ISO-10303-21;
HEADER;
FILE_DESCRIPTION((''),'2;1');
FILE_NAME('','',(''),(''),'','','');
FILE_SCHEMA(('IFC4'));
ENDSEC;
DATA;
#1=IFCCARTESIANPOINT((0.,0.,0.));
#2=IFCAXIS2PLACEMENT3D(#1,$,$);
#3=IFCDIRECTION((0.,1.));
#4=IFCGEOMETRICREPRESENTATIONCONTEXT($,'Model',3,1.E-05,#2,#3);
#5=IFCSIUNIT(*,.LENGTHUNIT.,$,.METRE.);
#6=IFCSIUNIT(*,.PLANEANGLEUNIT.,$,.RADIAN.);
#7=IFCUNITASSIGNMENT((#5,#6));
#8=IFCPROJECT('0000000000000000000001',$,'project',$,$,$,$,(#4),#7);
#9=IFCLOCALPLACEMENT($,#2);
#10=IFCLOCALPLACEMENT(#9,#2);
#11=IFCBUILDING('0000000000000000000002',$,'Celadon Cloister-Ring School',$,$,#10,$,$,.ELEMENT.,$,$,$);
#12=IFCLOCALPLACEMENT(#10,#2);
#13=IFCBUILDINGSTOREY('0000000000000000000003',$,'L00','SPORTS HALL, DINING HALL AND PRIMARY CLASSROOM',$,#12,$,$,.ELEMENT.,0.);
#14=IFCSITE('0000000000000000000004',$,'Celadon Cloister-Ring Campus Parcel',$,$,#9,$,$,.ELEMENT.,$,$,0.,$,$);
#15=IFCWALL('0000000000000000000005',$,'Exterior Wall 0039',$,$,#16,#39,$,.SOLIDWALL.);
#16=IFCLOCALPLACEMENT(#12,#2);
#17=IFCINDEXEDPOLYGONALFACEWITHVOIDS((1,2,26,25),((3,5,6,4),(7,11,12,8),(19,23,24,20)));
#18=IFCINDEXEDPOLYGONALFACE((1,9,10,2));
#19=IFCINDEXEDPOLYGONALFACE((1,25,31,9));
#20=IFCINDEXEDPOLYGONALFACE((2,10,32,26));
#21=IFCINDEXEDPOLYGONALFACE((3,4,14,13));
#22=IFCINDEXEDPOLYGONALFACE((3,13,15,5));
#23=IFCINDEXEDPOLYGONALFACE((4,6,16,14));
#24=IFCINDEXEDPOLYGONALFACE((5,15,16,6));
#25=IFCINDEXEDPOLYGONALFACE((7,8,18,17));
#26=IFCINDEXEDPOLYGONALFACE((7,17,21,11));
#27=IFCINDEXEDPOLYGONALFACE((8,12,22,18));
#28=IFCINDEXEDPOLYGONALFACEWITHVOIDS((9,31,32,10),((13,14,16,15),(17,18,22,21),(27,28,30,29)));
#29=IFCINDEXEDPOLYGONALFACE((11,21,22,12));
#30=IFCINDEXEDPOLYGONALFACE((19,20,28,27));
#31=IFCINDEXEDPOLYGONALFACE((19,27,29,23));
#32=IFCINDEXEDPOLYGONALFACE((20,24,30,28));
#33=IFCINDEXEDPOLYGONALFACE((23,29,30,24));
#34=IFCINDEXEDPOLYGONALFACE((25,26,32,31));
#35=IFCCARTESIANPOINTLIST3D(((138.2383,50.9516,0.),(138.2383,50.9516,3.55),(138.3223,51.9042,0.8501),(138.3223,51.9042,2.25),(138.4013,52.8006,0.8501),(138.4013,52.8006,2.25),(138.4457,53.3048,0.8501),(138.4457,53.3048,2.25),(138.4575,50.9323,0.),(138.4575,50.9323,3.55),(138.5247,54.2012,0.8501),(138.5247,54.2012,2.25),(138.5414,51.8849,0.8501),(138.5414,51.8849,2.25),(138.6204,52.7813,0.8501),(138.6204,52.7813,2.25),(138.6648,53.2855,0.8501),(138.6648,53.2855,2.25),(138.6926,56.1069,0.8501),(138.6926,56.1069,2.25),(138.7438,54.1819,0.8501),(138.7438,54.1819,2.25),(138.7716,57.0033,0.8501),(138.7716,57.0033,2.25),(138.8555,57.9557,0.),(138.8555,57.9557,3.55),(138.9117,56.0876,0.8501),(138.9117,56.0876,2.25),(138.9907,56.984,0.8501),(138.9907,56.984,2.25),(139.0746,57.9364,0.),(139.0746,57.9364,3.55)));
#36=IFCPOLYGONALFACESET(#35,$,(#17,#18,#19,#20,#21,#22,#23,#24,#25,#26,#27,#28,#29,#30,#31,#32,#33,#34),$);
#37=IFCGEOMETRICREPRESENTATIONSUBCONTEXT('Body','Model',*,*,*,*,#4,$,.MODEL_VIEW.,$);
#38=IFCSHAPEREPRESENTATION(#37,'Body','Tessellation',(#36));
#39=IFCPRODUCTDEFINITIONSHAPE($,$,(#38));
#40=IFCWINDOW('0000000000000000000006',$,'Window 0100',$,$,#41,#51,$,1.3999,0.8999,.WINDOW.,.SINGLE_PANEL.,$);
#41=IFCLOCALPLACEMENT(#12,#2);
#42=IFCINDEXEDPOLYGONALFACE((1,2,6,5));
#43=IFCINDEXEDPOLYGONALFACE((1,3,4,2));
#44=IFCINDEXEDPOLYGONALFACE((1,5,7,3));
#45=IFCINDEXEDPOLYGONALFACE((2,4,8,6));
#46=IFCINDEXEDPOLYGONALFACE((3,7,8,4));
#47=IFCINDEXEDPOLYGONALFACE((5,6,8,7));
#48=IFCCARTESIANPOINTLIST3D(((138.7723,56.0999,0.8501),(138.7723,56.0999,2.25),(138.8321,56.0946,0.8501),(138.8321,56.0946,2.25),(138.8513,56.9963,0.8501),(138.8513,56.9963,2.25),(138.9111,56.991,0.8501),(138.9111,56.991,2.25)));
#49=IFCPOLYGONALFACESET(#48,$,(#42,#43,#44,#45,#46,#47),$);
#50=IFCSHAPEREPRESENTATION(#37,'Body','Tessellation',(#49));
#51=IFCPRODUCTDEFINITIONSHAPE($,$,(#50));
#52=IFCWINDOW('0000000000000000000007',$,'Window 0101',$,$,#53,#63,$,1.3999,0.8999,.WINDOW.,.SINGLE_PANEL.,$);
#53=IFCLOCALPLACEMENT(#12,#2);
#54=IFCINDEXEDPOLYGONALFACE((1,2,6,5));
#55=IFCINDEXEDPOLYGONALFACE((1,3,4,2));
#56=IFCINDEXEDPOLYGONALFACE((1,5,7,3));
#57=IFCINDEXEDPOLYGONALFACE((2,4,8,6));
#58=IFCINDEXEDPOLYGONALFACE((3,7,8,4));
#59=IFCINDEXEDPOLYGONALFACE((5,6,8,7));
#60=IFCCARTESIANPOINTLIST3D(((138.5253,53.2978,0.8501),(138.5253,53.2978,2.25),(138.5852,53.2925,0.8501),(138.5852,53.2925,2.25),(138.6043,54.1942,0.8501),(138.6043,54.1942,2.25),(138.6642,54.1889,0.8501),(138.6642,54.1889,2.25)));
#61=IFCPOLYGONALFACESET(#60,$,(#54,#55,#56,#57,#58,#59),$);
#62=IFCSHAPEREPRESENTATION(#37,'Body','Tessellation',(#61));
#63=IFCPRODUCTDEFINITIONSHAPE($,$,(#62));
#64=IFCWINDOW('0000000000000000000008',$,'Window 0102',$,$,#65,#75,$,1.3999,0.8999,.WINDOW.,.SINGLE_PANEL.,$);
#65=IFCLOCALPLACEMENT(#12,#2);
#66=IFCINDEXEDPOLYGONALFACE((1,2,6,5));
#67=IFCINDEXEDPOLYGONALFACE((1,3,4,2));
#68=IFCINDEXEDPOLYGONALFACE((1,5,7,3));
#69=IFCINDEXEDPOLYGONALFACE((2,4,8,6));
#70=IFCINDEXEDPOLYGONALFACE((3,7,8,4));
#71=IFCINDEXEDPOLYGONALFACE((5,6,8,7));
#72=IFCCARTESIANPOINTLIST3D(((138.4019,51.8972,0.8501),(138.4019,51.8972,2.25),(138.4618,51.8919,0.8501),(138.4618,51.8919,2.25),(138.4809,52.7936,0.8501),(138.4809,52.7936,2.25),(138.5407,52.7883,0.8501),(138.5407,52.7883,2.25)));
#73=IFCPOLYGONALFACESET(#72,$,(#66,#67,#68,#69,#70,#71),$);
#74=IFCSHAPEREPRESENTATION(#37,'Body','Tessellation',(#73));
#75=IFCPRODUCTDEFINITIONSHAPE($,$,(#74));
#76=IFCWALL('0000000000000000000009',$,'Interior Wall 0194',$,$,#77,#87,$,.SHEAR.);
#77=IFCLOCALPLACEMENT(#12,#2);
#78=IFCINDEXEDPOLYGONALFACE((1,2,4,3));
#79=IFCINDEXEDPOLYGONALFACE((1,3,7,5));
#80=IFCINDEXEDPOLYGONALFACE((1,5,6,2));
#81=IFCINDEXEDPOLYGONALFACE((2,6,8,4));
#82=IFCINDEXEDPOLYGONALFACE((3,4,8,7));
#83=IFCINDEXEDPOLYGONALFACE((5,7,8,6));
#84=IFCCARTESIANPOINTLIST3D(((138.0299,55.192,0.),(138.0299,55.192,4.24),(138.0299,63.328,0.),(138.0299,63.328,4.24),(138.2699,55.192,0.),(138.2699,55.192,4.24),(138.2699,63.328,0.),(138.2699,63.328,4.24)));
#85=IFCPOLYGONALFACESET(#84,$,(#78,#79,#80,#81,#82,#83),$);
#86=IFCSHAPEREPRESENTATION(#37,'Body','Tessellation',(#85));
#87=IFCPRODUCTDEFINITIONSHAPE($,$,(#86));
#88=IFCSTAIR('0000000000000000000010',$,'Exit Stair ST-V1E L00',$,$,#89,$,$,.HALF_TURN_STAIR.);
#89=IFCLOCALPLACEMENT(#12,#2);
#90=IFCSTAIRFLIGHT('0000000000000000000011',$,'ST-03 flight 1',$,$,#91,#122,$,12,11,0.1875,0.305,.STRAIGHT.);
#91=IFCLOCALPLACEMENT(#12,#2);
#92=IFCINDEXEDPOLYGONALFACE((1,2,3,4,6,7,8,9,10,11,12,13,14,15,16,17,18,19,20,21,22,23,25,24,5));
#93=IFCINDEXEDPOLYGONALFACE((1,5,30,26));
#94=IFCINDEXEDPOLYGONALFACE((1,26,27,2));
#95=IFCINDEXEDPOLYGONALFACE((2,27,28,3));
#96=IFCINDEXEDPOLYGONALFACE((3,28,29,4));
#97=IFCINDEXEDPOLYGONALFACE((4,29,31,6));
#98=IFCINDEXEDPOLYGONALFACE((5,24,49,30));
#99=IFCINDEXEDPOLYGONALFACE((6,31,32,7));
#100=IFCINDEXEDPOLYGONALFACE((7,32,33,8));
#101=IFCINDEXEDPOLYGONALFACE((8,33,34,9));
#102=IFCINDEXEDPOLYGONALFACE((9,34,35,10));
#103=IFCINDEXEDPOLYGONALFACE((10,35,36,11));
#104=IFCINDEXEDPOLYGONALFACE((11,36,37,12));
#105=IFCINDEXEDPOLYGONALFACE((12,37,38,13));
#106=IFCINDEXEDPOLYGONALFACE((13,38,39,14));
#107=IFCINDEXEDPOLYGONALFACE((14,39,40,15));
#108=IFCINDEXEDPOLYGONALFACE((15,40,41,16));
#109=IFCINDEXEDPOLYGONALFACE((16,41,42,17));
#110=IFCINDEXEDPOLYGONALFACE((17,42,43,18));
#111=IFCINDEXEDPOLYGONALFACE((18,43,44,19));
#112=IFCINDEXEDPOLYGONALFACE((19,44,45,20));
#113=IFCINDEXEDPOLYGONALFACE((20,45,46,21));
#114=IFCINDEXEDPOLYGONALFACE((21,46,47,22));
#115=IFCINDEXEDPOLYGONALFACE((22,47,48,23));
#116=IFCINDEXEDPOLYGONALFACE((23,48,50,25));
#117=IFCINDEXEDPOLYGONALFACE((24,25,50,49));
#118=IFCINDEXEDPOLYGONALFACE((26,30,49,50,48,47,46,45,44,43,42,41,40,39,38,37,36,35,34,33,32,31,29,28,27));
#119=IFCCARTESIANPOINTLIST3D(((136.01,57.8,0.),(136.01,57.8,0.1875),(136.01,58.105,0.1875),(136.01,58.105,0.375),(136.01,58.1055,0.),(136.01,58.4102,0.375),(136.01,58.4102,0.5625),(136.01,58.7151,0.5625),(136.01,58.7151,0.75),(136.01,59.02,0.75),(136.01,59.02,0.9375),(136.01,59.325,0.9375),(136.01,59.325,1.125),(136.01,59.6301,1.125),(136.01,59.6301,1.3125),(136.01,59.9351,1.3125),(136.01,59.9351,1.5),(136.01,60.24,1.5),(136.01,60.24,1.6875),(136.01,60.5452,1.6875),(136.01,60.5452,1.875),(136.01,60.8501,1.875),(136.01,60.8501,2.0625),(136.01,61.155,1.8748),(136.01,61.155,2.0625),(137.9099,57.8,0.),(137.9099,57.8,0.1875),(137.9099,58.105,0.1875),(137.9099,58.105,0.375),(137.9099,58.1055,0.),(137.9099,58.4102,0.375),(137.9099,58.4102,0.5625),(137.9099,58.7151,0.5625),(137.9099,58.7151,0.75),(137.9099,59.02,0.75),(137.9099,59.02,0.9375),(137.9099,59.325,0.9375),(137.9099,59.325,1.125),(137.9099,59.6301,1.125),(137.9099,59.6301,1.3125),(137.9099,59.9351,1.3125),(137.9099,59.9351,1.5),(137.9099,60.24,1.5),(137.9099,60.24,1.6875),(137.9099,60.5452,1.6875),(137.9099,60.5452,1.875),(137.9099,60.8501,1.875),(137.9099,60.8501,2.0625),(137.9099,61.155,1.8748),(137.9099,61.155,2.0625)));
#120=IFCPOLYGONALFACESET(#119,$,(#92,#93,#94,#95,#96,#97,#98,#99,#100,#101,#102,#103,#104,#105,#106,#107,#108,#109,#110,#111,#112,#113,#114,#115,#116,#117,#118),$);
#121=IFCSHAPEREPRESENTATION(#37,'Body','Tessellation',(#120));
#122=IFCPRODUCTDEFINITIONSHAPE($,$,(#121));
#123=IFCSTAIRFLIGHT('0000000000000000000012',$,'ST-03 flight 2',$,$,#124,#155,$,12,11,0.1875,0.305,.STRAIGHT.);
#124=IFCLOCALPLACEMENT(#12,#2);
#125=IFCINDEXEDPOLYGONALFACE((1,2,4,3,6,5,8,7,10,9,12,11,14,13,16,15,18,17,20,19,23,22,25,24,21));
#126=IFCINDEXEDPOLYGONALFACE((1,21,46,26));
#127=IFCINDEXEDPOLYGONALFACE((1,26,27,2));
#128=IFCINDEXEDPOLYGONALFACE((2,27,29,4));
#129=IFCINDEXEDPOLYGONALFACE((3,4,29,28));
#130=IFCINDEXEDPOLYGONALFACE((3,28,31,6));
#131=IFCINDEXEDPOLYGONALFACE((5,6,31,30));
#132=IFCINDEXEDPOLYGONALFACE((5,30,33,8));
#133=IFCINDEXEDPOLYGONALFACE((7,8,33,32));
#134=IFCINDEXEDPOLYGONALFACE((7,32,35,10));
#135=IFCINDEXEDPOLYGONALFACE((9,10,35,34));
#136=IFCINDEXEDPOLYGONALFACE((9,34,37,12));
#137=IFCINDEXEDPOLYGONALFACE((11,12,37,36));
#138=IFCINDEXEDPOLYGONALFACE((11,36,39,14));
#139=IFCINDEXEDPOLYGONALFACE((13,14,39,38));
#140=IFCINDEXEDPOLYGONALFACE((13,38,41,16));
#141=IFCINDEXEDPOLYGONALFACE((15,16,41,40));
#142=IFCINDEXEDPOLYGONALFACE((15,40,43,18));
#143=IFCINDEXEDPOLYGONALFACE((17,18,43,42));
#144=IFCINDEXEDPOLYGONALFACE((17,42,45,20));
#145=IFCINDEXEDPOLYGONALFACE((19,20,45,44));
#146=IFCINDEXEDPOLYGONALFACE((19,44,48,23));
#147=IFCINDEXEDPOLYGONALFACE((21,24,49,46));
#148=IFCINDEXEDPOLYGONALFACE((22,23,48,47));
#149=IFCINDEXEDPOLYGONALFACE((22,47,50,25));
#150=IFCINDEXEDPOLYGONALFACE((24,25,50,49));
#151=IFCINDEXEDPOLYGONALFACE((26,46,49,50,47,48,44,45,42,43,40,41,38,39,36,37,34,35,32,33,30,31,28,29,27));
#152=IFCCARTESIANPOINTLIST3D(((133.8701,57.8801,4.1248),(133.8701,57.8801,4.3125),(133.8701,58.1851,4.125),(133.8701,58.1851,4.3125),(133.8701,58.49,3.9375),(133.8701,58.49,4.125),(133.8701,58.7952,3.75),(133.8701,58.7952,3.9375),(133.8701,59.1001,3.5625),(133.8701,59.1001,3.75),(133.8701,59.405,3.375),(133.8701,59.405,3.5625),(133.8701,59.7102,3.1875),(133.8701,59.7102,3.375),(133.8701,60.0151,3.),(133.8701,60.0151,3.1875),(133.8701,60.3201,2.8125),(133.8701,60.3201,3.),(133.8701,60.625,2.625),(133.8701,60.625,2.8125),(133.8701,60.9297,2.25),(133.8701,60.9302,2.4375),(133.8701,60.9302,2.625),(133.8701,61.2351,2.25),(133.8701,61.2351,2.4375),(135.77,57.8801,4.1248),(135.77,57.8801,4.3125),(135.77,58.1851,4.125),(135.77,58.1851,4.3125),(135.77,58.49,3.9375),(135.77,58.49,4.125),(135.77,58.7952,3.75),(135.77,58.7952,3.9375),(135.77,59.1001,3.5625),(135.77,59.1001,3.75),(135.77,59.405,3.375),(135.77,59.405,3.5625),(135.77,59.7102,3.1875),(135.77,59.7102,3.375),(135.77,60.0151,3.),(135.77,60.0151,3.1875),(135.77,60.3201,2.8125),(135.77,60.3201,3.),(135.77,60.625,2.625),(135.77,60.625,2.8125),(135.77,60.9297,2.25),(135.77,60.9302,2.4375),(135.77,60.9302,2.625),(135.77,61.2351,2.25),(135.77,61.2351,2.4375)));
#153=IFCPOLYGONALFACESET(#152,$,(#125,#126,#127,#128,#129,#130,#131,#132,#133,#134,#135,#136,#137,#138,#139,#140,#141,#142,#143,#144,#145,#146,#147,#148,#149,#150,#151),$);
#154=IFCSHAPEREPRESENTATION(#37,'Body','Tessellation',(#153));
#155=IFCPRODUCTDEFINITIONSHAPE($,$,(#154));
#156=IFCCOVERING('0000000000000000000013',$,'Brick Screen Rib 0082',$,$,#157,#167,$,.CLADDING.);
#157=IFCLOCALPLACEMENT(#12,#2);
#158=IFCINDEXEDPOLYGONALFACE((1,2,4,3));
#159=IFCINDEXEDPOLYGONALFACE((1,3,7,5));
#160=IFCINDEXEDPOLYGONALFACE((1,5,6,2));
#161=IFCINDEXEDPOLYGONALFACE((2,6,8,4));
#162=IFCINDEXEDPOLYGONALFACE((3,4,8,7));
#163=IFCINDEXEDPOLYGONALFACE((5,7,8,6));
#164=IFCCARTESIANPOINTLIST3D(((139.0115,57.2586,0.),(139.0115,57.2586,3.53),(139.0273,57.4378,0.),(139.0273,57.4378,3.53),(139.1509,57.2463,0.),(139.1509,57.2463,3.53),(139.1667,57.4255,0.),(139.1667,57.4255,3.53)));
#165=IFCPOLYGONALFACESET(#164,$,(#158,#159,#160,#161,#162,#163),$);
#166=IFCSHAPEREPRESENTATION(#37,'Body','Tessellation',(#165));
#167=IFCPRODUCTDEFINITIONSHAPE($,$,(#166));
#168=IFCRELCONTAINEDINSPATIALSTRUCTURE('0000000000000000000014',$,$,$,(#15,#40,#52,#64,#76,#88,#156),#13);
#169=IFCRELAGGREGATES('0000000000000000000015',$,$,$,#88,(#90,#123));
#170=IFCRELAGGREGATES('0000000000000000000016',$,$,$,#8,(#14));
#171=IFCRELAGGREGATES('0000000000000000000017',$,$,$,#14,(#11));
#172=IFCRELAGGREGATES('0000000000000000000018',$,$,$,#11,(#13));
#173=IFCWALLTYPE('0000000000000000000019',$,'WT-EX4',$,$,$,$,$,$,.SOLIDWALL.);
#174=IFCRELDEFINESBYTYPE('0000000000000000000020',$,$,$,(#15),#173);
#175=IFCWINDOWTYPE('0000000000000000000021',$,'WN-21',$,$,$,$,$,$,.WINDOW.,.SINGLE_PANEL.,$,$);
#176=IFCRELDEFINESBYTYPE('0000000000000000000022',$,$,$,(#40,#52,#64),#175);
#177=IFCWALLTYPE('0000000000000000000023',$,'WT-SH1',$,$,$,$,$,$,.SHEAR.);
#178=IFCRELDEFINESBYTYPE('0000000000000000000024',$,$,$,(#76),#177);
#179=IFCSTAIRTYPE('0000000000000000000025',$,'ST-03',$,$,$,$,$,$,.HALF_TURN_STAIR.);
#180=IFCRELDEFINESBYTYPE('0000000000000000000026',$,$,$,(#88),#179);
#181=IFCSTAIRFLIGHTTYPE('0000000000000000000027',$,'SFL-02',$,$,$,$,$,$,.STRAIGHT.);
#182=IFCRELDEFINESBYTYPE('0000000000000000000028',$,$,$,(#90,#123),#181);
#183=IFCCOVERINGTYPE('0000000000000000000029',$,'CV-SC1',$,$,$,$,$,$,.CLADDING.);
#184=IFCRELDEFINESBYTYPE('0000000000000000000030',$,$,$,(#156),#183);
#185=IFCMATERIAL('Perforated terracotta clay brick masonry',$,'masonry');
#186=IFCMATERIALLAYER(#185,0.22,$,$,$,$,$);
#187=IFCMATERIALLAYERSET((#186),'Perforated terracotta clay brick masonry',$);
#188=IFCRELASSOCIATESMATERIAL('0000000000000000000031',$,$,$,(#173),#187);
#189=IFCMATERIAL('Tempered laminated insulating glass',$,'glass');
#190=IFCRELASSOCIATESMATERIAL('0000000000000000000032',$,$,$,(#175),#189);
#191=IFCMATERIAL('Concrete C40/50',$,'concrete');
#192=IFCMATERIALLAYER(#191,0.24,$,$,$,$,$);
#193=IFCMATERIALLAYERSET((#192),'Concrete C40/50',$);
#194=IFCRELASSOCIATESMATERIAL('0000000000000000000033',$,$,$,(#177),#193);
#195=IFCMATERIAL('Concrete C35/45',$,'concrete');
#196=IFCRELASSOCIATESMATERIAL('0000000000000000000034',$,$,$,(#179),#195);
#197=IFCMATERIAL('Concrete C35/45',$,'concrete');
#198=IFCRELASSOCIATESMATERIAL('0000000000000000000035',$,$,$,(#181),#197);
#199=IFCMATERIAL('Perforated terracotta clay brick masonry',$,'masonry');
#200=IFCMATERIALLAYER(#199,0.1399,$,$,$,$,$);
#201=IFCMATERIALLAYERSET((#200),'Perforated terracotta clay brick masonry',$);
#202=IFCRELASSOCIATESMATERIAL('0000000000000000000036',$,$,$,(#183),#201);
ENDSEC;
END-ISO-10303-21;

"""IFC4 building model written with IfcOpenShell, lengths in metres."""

from ifc_helpers import new_model, si_unit, direction, frame, frame_2d, origin, origin_2d, place, context, subcontext, project, spatial, polyline, rectangle, outline, extrude, material, layer, layer_set, type_object, element, fill, aggregate, save


model = new_model("IFC4")

# Units and contexts
model_context = context("Model", 3, precision=1e-05, world=origin(), true_north=direction((0.0, 1.0)))
body_context = subcontext(model_context, "Body", "Model", "MODEL_VIEW")
ifc_project = project(units=[si_unit("LENGTHUNIT", "METRE"), si_unit("PLANEANGLEUNIT", "RADIAN")], contexts=[model_context])

# Site, building, storey
site_placement = place(None, origin())
site = spatial("IfcSite", under=ifc_project, at=site_placement, Name="Celadon Cloister-Ring Campus Parcel", CompositionType="ELEMENT", RefElevation=0.0)
building_placement = place(site_placement, origin())
building = spatial("IfcBuilding", under=site, at=building_placement, Name="Celadon Cloister-Ring School", CompositionType="ELEMENT")
storey_placement = place(building_placement, origin())
storey = spatial("IfcBuildingStorey", under=building, at=storey_placement, Name="L00", Description="SPORTS HALL, DINING HALL AND PRIMARY CLASSROOM", CompositionType="ELEMENT", Elevation=0.0)

# Wall, openings, windows
ifc_material_1 = material(Name="Perforated terracotta clay brick masonry", Category="masonry")
ifc_layer_1 = layer(ifc_material_1, 0.22)
ifc_layer_set_1 = layer_set([ifc_layer_1], Name="Perforated terracotta clay brick masonry")
wall_type_1 = type_object("IfcWallType", Name="WT-EX4", PredefinedType="SOLIDWALL", material=ifc_layer_set_1)
wall_1_placement = place(storey_placement, frame((138.9651, 57.946, 0.0), z_axis=(0.0, 0.0, 1.0), x_axis=(-0.087777, -0.99614, 0.0)))
wall_1 = element("IfcWall", 1, at=wall_1_placement, inside=storey, type_object=wall_type_1, Name="Exterior Wall 0039", PredefinedType="SOLIDWALL", context=body_context, shape_type="SweptSolid", body=[
    extrude(rectangle(XDim=7.0312, YDim=0.22, at=frame_2d((3.5156, 0.0))), origin(), (0.0, 0.0, 1.0), 3.55),
])
opening_1_placement = place(wall_1_placement, frame((0.9561, 0.0, 0.8501)))
opening_1 = element("IfcOpeningElement", 2, at=opening_1_placement, cuts=wall_1, PredefinedType="OPENING", context=body_context, shape_type="SweptSolid", body=[
    extrude(rectangle(XDim=0.8999, YDim=1.3999, at=frame_2d((0.45, 0.7))), frame((0.0, 0.1201, 0.0), z_axis=(0.0, -1.0, 0.0), x_axis=(1.0, 0.0, 0.0)), (0.0, 0.0, 1.0), 0.24),
])
opening_2_placement = place(wall_1_placement, frame((3.769, 0.0, 0.8501)))
opening_2 = element("IfcOpeningElement", 3, at=opening_2_placement, cuts=wall_1, PredefinedType="OPENING", context=body_context, shape_type="SweptSolid", body=[
    extrude(rectangle(XDim=0.8999, YDim=1.3999, at=frame_2d((0.45, 0.7))), frame((0.0, 0.1201, 0.0), z_axis=(0.0, -1.0, 0.0), x_axis=(1.0, 0.0, 0.0)), (0.0, 0.0, 1.0), 0.24),
])
opening_3_placement = place(wall_1_placement, frame((5.175, 0.0, 0.8501)))
opening_3 = element("IfcOpeningElement", 4, at=opening_3_placement, cuts=wall_1, PredefinedType="OPENING", context=body_context, shape_type="SweptSolid", body=[
    extrude(rectangle(XDim=0.8999, YDim=1.3999, at=frame_2d((0.45, 0.7))), frame((0.0, 0.1201, 0.0), z_axis=(0.0, -1.0, 0.0), x_axis=(1.0, 0.0, 0.0)), (0.0, 0.0, 1.0), 0.24),
])
ifc_material_2 = material(Name="Tempered laminated insulating glass", Category="glass")
window_type = type_object("IfcWindowType", Name="WN-21", PartitioningType="SINGLE_PANEL", PredefinedType="WINDOW", material=ifc_material_2)
window_1_placement = place(opening_1_placement, origin())
window_1 = element("IfcWindow", 5, at=window_1_placement, inside=storey, type_object=window_type, Name="Window 0100", OverallHeight=1.3999, OverallWidth=0.8999, PartitioningType="SINGLE_PANEL", PredefinedType="WINDOW", context=body_context, shape_type="SweptSolid", body=[
    extrude(rectangle(XDim=0.8999, YDim=1.3999, at=frame_2d((0.45, 0.7))), frame((0.0, 0.03, 0.0), z_axis=(0.0, -1.0, 0.0), x_axis=(1.0, 0.0, 0.0)), (0.0, 0.0, 1.0), 0.0601),
])
fill(opening_1, window_1)
window_2_placement = place(opening_2_placement, origin())
window_2 = element("IfcWindow", 6, at=window_2_placement, inside=storey, type_object=window_type, Name="Window 0101", OverallHeight=1.3999, OverallWidth=0.8999, PartitioningType="SINGLE_PANEL", PredefinedType="WINDOW", context=body_context, shape_type="SweptSolid", body=[
    extrude(rectangle(XDim=0.8999, YDim=1.3999, at=frame_2d((0.45, 0.7))), frame((0.0, 0.03, 0.0), z_axis=(0.0, -1.0, 0.0), x_axis=(1.0, 0.0, 0.0)), (0.0, 0.0, 1.0), 0.0601),
])
fill(opening_2, window_2)
window_3_placement = place(opening_3_placement, origin())
window_3 = element("IfcWindow", 7, at=window_3_placement, inside=storey, type_object=window_type, Name="Window 0102", OverallHeight=1.3999, OverallWidth=0.8999, PartitioningType="SINGLE_PANEL", PredefinedType="WINDOW", context=body_context, shape_type="SweptSolid", body=[
    extrude(rectangle(XDim=0.8999, YDim=1.3999, at=frame_2d((0.45, 0.7))), frame((0.0, 0.03, 0.0), z_axis=(0.0, -1.0, 0.0), x_axis=(1.0, 0.0, 0.0)), (0.0, 0.0, 1.0), 0.0601),
])
fill(opening_3, window_3)

# Wall
ifc_material_3 = material(Name="Concrete C40/50", Category="concrete")
ifc_layer_2 = layer(ifc_material_3, 0.24)
ifc_layer_set_2 = layer_set([ifc_layer_2], Name="Concrete C40/50")
wall_type_2 = type_object("IfcWallType", Name="WT-SH1", PredefinedType="SHEAR", material=ifc_layer_set_2)
wall_2_placement = place(storey_placement, frame((138.1499, 63.3279, 0.0), z_axis=(0.0, 0.0, 1.0), x_axis=(0.0, -1.0, 0.0)))
element("IfcWall", 8, at=wall_2_placement, inside=storey, type_object=wall_type_2, Name="Interior Wall 0194", PredefinedType="SHEAR", context=body_context, shape_type="SweptSolid", body=[
    extrude(rectangle(XDim=8.136, YDim=0.24, at=frame_2d((4.0679, 0.0))), origin(), (0.0, 0.0, 1.0), 4.24),
])

# Stair, stair flights
ifc_material_4 = material(Name="Concrete C35/45", Category="concrete")
stair_type = type_object("IfcStairType", Name="ST-03", PredefinedType="HALF_TURN_STAIR", material=ifc_material_4)
stair_placement = place(storey_placement, origin())
stair = element("IfcStair", 9, at=stair_placement, inside=storey, type_object=stair_type, Name="Exit Stair ST-V1E L00", PredefinedType="HALF_TURN_STAIR")
ifc_material_5 = material(Name="Concrete C35/45", Category="concrete")
stair_flight_type = type_object("IfcStairFlightType", Name="SFL-02", PredefinedType="STRAIGHT", material=ifc_material_5)
stair_flight_1_placement = place(storey_placement, frame((136.96, 57.8, 0.0), z_axis=(0.0, 0.0, 1.0), x_axis=(0.0, 1.0, 0.0)))
stair_flight_1 = element("IfcStairFlight", 10, at=stair_flight_1_placement, type_object=stair_flight_type, Name="ST-03 flight 1", NumberOfRisers=12, NumberOfTreads=11, PredefinedType="STRAIGHT", RiserHeight=0.1875, TreadLength=0.305, context=body_context, shape_type="SweptSolid", body=[
    extrude(outline(polyline([(0.0, 0.0), (0.0, 0.1875), (0.3049, 0.1875), (0.3049, 0.375), (0.6101, 0.375), (0.6101, 0.5625), (0.915, 0.5625), (0.915, 0.75), (1.22, 0.75), (1.22, 0.9375), (1.5249, 0.9375), (1.5249, 1.125), (1.8301, 1.125), (1.8301, 1.3125), (2.135, 1.3125), (2.135, 1.5), (2.4399, 1.5), (2.4399, 1.6875), (2.7451, 1.6875), (2.7451, 1.875), (3.05, 1.875), (3.05, 2.0625), (3.355, 2.0625), (3.355, 2.25), (3.355, 1.8748), (0.3054, 0.0), (0.0, 0.0)])), frame((0.0, 0.95, 0.0), z_axis=(0.0, -1.0, 0.0), x_axis=(1.0, 0.0, 0.0)), (0.0, 0.0, 1.0), 1.8999),
])
stair_flight_2_placement = place(storey_placement, frame((134.8201, 61.2351, 2.25), z_axis=(0.0, 0.0, 1.0), x_axis=(0.0, -1.0, 0.0)))
stair_flight_2 = element("IfcStairFlight", 11, at=stair_flight_2_placement, type_object=stair_flight_type, Name="ST-03 flight 2", NumberOfRisers=12, NumberOfTreads=11, PredefinedType="STRAIGHT", RiserHeight=0.1875, TreadLength=0.305, context=body_context, shape_type="SweptSolid", body=[
    extrude(outline(polyline([(0.0, 0.0), (0.0, 0.1875), (0.3049, 0.1875), (0.3049, 0.375), (0.6101, 0.375), (0.6101, 0.5625), (0.915, 0.5625), (0.915, 0.75), (1.22, 0.75), (1.22, 0.9375), (1.5249, 0.9375), (1.5249, 1.125), (1.8301, 1.125), (1.8301, 1.3125), (2.135, 1.3125), (2.135, 1.5), (2.4399, 1.5), (2.4399, 1.6875), (2.7451, 1.6875), (2.7451, 1.875), (3.05, 1.875), (3.05, 2.0625), (3.355, 2.0625), (3.355, 2.25), (3.355, 1.8748), (0.3054, 0.0), (0.0, 0.0)])), frame((0.0, 0.95, 0.0), z_axis=(0.0, -1.0, 0.0), x_axis=(1.0, 0.0, 0.0)), (0.0, 0.0, 1.0), 1.8999),
])
aggregate(stair, [stair_flight_1, stair_flight_2])

# Covering
ifc_material_6 = material(Name="Perforated terracotta clay brick masonry", Category="masonry")
ifc_layer_3 = layer(ifc_material_6, 0.1399)
ifc_layer_set_3 = layer_set([ifc_layer_3], Name="Perforated terracotta clay brick masonry")
covering_type = type_object("IfcCoveringType", Name="CV-SC1", PredefinedType="CLADDING", material=ifc_layer_set_3)
for number, where, z_axis, x_axis, name in (
    (12, (139.0891, 57.342, 0.0), (0.0, 0.0, 1.0), (-0.087747, -0.996143, 0.0), "Brick Screen Rib 0082"),
):
    element("IfcCovering", number, at=place(storey_placement, frame(where, z_axis=z_axis, x_axis=x_axis)), inside=storey, type_object=covering_type, Name=name, PredefinedType="CLADDING", context=body_context, shape_type="SweptSolid", body=[
        extrude(rectangle(XDim=0.1799, YDim=0.1399, at=origin_2d()), origin(), (0.0, 0.0, 1.0), 3.53),
    ])

save(model, "model.ifc")
